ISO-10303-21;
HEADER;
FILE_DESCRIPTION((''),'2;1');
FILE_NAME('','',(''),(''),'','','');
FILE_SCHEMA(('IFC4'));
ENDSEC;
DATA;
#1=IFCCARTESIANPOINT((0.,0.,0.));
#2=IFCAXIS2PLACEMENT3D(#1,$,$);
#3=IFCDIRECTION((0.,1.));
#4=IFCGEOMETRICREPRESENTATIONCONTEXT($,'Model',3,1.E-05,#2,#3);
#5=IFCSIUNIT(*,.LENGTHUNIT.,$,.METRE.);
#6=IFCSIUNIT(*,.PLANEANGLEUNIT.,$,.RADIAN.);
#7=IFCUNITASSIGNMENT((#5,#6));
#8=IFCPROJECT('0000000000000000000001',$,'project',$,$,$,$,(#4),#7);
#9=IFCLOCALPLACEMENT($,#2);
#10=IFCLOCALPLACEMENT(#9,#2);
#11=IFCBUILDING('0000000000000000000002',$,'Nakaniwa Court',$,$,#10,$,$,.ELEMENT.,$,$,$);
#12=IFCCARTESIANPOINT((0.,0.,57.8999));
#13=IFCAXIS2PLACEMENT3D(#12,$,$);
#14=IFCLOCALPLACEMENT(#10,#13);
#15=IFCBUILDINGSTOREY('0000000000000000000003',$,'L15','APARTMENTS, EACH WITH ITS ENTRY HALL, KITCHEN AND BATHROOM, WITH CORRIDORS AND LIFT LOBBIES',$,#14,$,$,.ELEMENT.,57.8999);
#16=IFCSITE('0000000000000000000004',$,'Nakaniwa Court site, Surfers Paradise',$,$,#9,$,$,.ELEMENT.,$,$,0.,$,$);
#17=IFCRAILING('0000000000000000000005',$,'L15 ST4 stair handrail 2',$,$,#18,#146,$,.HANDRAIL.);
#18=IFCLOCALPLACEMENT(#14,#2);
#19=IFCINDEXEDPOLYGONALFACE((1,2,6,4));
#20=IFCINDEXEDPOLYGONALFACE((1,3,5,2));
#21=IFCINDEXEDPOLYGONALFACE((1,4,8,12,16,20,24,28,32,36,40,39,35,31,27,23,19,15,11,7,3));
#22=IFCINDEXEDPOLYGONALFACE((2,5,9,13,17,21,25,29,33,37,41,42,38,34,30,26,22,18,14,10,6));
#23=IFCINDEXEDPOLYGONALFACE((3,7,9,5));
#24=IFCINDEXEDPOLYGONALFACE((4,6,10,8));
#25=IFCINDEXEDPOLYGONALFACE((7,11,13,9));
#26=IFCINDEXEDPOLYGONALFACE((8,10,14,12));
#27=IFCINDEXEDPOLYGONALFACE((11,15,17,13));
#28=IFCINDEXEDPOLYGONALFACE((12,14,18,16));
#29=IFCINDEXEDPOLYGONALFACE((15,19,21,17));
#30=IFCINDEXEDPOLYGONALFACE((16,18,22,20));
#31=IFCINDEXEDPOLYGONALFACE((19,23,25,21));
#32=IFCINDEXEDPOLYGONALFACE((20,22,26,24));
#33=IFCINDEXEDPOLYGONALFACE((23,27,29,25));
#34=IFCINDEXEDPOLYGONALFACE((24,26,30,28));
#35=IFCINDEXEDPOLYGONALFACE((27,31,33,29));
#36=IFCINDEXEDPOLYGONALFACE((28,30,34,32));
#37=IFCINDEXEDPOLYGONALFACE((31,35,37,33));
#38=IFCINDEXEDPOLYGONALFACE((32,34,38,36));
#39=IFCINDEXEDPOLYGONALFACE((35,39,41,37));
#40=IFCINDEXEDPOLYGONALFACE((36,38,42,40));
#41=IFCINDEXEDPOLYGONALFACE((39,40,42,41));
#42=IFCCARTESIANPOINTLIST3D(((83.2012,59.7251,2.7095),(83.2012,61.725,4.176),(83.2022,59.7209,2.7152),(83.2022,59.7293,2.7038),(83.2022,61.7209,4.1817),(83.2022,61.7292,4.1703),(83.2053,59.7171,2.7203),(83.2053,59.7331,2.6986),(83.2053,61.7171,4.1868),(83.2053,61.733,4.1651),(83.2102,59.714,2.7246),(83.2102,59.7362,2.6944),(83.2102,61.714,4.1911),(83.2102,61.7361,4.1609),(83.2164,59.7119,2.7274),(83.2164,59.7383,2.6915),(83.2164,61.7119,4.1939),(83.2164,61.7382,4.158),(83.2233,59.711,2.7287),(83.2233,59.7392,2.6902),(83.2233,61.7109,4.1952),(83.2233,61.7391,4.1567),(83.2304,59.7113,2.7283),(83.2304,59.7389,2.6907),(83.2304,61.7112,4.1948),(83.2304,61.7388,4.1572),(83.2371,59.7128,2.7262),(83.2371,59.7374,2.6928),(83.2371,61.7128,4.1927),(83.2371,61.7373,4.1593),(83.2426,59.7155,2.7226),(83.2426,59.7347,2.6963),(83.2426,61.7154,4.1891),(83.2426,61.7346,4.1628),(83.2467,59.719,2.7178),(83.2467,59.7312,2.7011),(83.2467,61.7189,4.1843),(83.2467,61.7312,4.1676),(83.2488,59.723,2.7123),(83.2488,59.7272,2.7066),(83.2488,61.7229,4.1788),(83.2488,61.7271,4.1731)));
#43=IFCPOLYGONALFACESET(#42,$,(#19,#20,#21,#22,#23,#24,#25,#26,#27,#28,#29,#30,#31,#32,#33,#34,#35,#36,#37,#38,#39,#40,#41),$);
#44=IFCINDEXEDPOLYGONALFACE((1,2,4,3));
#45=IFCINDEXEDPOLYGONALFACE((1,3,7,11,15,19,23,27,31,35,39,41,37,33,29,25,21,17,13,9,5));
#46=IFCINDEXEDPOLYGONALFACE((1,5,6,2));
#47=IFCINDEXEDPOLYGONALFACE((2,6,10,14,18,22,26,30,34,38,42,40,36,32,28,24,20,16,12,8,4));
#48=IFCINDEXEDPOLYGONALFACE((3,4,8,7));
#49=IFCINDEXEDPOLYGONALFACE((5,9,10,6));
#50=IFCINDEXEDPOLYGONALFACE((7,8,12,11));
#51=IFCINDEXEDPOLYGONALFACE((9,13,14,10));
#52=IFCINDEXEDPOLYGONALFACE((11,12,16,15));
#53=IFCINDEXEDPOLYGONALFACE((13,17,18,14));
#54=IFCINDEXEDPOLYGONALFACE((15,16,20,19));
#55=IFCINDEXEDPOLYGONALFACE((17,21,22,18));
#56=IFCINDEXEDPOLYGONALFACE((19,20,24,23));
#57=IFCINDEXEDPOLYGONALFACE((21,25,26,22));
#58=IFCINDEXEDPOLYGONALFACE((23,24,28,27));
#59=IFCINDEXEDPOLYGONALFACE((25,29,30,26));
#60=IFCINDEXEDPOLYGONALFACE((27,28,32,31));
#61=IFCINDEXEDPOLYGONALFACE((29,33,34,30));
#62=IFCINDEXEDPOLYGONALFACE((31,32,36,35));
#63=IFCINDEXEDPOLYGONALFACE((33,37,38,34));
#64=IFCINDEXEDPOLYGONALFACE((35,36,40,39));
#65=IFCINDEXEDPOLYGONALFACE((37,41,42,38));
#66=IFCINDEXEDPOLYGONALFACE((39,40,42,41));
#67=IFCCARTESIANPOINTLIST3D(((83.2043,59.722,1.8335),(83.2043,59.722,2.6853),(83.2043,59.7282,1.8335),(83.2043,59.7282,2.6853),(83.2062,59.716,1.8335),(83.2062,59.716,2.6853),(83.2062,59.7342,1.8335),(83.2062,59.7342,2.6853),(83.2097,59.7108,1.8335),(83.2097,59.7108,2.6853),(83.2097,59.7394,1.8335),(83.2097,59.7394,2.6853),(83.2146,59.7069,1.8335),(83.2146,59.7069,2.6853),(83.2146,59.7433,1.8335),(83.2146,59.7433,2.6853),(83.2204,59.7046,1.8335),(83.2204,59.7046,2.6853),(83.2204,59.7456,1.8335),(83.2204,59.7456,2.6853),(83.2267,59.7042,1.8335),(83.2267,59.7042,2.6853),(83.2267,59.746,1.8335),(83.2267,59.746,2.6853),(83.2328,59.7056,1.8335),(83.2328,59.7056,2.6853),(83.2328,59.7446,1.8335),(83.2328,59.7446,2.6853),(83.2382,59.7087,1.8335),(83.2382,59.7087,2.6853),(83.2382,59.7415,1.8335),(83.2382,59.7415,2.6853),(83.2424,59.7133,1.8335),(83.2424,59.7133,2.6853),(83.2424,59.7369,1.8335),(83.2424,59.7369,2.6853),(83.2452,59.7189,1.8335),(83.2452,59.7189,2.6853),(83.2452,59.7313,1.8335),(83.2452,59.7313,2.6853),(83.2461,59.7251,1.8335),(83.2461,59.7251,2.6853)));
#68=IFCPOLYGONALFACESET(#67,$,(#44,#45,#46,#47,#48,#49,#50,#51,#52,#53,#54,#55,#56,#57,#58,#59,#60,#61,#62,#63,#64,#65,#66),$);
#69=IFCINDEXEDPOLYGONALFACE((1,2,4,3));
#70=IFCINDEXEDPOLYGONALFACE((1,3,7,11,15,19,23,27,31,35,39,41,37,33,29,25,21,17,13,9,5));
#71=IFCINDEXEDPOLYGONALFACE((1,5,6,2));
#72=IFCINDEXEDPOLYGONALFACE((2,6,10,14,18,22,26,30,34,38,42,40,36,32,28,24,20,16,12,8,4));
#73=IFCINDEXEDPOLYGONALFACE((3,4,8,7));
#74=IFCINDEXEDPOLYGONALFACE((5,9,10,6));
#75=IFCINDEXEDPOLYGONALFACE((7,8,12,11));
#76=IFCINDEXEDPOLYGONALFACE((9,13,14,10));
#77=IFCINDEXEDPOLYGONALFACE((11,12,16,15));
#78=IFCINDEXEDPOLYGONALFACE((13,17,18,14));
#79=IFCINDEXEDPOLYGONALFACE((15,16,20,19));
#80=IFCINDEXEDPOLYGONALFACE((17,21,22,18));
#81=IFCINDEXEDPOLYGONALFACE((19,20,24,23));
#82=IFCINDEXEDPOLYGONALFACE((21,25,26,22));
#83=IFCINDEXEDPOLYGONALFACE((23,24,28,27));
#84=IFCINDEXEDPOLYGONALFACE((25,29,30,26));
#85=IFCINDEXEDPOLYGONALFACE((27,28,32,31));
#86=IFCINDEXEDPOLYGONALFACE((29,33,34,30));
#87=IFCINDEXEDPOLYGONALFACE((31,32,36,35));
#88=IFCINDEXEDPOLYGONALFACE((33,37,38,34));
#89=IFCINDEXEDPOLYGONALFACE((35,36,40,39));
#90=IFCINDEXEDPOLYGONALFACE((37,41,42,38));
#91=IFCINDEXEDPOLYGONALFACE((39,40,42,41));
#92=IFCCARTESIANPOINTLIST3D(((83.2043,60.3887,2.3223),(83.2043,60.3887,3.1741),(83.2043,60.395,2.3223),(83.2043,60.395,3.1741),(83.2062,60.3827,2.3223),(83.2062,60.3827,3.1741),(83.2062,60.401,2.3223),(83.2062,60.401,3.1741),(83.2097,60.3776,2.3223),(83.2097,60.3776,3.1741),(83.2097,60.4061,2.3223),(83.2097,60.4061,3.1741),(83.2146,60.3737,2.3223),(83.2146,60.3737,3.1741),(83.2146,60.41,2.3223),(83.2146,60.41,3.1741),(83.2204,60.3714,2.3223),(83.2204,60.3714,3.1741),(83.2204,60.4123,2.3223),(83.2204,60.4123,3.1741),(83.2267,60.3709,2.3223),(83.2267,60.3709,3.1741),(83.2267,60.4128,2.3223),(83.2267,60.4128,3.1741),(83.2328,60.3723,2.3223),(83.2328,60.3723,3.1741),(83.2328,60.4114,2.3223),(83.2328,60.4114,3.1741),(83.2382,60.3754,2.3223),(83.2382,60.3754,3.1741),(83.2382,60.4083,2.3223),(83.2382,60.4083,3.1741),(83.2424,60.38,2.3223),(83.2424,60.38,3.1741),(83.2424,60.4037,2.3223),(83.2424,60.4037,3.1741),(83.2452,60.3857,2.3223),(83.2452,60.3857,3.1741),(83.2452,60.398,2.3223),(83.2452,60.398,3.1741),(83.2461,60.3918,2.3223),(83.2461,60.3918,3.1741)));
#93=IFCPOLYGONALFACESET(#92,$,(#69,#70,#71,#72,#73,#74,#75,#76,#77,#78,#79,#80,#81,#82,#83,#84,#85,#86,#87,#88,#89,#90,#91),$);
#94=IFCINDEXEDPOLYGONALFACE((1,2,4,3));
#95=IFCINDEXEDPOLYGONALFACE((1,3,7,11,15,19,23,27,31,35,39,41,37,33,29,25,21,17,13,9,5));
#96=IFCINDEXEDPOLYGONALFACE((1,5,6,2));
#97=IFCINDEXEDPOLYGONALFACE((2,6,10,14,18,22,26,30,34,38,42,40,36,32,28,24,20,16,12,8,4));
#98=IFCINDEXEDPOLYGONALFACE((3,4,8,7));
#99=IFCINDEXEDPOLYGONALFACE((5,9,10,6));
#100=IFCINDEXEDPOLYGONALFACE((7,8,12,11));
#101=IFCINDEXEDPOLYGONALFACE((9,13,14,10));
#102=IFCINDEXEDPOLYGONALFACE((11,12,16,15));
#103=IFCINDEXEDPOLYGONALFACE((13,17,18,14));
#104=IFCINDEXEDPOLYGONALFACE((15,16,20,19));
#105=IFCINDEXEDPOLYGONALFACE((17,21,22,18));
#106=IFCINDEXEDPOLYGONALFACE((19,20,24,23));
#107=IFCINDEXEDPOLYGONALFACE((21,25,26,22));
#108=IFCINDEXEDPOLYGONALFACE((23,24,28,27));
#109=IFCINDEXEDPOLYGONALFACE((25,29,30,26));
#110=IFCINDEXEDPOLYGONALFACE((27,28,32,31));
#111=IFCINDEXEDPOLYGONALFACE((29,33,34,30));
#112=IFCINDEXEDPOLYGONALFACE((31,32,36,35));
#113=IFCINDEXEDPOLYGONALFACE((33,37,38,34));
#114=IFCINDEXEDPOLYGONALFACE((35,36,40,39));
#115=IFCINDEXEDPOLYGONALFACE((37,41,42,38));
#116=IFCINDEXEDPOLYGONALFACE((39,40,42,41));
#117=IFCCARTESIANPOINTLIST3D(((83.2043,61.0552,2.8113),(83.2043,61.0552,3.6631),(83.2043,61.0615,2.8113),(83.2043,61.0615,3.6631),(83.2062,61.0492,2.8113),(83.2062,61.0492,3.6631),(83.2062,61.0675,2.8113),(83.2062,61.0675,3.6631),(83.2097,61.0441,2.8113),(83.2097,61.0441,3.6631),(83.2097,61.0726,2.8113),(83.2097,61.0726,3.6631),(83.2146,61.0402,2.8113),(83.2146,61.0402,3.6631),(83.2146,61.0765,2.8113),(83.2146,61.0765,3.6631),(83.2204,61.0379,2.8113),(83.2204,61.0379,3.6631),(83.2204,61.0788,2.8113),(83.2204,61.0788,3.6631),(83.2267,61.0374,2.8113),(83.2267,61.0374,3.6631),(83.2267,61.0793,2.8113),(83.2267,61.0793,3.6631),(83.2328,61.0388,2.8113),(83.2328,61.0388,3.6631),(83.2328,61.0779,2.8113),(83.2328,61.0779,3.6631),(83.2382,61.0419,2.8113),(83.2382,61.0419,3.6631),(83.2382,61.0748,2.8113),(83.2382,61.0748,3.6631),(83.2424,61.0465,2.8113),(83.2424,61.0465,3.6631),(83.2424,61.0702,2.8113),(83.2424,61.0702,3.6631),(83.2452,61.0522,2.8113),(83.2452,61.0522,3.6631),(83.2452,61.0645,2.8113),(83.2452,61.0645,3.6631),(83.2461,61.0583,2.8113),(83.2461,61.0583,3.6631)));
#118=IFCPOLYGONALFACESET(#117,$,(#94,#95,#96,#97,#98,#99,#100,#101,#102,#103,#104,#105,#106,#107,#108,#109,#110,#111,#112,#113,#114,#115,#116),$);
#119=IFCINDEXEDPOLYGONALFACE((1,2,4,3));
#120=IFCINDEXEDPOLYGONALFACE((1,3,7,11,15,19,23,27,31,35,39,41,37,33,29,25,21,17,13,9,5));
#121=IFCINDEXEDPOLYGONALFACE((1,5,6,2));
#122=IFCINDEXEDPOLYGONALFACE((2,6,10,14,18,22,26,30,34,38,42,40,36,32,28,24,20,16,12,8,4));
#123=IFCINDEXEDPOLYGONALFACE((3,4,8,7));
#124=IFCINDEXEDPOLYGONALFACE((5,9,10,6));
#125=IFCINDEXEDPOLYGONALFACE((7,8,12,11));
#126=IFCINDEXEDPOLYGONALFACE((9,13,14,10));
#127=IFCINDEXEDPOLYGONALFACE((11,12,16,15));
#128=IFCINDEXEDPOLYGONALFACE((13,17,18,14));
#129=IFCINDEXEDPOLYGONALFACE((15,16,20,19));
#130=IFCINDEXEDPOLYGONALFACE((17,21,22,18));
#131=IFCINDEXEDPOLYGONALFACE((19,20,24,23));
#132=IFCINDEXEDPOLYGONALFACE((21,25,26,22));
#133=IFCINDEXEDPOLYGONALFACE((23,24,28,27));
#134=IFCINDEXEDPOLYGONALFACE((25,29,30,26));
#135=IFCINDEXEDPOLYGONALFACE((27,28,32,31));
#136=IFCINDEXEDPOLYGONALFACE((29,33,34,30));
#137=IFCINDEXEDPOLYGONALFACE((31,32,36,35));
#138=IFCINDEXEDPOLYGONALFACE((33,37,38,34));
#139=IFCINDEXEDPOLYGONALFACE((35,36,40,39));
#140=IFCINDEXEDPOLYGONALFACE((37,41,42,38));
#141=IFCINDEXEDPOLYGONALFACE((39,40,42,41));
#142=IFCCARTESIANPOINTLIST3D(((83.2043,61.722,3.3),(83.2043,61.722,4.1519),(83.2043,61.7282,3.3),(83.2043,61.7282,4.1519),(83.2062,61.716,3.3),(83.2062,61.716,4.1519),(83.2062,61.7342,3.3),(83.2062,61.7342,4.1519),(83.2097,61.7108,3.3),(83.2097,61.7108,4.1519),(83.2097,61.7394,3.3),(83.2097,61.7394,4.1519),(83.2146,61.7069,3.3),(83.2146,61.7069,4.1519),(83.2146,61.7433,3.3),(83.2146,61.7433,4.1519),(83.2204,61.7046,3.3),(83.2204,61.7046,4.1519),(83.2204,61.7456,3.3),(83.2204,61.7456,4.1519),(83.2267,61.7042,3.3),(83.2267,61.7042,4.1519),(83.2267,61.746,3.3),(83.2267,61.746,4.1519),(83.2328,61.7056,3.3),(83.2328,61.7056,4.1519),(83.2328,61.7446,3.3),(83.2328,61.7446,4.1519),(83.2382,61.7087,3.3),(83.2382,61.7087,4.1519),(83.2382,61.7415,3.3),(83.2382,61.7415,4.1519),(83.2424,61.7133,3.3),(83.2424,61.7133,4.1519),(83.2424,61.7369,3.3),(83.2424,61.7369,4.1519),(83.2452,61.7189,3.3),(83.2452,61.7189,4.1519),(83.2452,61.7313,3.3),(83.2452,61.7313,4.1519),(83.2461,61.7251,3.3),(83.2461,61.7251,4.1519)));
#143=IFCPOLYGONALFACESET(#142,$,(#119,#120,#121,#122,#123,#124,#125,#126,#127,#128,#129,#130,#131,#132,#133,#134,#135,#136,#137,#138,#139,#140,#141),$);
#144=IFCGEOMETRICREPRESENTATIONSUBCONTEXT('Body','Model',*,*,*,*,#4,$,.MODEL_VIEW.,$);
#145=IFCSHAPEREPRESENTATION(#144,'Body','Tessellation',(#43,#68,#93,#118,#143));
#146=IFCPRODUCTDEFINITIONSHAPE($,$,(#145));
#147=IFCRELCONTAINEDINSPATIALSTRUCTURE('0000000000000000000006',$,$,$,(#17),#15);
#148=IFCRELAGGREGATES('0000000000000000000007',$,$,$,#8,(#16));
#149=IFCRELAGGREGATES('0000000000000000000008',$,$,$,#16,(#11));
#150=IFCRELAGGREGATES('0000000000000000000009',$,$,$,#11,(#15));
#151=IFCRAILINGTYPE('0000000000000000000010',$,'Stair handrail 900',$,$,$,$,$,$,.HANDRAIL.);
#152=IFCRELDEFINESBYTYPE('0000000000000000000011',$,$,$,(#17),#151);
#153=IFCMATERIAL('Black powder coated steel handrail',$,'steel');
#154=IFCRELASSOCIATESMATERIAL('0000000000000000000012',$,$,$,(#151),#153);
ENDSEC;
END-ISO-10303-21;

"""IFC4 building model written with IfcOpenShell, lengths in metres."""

from ifc_helpers import new_model, si_unit, direction, frame, origin, origin_2d, place, context, subcontext, project, spatial, circle, extrude, material, type_object, element, save


model = new_model("IFC4")

# Units and contexts
model_context = context("Model", 3, precision=1e-05, world=origin(), true_north=direction((0.0, 1.0)))
body_context = subcontext(model_context, "Body", "Model", "MODEL_VIEW")
ifc_project = project(units=[si_unit("LENGTHUNIT", "METRE"), si_unit("PLANEANGLEUNIT", "RADIAN")], contexts=[model_context])

# Site, building, storey
site_placement = place(None, origin())
site = spatial("IfcSite", under=ifc_project, at=site_placement, Name="Nakaniwa Court site, Surfers Paradise", CompositionType="ELEMENT", RefElevation=0.0)
building_placement = place(site_placement, origin())
building = spatial("IfcBuilding", under=site, at=building_placement, Name="Nakaniwa Court", CompositionType="ELEMENT")
storey_placement = place(building_placement, frame((0.0, 0.0, 57.8999)))
storey = spatial("IfcBuildingStorey", under=building, at=storey_placement, Name="L15", Description="APARTMENTS, EACH WITH ITS ENTRY HALL, KITCHEN AND BATHROOM, WITH CORRIDORS AND LIFT LOBBIES", CompositionType="ELEMENT", Elevation=57.8999)

# Railing
ifc_material_1 = material(Name="Black powder coated steel handrail", Category="steel")
railing_type_1 = type_object("IfcRailingType", Name="Stair handrail 900", PredefinedType="HANDRAIL", material=ifc_material_1)
railing_1_placement = place(storey_placement, frame((83.2251, 59.7251, 1.8335)))
element("IfcRailing", 1, at=railing_1_placement, inside=storey, type_object=railing_type_1, Name="L15 ST4 stair handrail 2", PredefinedType="HANDRAIL", context=body_context, shape_type="SweptSolid", body=[
    extrude(circle(Radius=0.0239, at=origin_2d()), frame((0.0, 0.0, 0.876), z_axis=(0.0, 0.806427, 0.591334), x_axis=(-1.0, 0.0, 0.0)), (0.0, 0.0, 1.0), 2.48),
    extrude(circle(Radius=0.021, at=origin_2d()), origin(), (0.0, 0.0, 1.0), 0.8518),
    extrude(circle(Radius=0.021, at=origin_2d()), frame((0.0, 0.6667, 0.4888)), (0.0, 0.0, 1.0), 0.8518),
    extrude(circle(Radius=0.021, at=origin_2d()), frame((0.0, 1.3333, 0.9778)), (0.0, 0.0, 1.0), 0.8518),
    extrude(circle(Radius=0.021, at=origin_2d()), frame((0.0, 2.0, 1.4666)), (0.0, 0.0, 1.0), 0.8518),
])

save(model, "model.ifc")
